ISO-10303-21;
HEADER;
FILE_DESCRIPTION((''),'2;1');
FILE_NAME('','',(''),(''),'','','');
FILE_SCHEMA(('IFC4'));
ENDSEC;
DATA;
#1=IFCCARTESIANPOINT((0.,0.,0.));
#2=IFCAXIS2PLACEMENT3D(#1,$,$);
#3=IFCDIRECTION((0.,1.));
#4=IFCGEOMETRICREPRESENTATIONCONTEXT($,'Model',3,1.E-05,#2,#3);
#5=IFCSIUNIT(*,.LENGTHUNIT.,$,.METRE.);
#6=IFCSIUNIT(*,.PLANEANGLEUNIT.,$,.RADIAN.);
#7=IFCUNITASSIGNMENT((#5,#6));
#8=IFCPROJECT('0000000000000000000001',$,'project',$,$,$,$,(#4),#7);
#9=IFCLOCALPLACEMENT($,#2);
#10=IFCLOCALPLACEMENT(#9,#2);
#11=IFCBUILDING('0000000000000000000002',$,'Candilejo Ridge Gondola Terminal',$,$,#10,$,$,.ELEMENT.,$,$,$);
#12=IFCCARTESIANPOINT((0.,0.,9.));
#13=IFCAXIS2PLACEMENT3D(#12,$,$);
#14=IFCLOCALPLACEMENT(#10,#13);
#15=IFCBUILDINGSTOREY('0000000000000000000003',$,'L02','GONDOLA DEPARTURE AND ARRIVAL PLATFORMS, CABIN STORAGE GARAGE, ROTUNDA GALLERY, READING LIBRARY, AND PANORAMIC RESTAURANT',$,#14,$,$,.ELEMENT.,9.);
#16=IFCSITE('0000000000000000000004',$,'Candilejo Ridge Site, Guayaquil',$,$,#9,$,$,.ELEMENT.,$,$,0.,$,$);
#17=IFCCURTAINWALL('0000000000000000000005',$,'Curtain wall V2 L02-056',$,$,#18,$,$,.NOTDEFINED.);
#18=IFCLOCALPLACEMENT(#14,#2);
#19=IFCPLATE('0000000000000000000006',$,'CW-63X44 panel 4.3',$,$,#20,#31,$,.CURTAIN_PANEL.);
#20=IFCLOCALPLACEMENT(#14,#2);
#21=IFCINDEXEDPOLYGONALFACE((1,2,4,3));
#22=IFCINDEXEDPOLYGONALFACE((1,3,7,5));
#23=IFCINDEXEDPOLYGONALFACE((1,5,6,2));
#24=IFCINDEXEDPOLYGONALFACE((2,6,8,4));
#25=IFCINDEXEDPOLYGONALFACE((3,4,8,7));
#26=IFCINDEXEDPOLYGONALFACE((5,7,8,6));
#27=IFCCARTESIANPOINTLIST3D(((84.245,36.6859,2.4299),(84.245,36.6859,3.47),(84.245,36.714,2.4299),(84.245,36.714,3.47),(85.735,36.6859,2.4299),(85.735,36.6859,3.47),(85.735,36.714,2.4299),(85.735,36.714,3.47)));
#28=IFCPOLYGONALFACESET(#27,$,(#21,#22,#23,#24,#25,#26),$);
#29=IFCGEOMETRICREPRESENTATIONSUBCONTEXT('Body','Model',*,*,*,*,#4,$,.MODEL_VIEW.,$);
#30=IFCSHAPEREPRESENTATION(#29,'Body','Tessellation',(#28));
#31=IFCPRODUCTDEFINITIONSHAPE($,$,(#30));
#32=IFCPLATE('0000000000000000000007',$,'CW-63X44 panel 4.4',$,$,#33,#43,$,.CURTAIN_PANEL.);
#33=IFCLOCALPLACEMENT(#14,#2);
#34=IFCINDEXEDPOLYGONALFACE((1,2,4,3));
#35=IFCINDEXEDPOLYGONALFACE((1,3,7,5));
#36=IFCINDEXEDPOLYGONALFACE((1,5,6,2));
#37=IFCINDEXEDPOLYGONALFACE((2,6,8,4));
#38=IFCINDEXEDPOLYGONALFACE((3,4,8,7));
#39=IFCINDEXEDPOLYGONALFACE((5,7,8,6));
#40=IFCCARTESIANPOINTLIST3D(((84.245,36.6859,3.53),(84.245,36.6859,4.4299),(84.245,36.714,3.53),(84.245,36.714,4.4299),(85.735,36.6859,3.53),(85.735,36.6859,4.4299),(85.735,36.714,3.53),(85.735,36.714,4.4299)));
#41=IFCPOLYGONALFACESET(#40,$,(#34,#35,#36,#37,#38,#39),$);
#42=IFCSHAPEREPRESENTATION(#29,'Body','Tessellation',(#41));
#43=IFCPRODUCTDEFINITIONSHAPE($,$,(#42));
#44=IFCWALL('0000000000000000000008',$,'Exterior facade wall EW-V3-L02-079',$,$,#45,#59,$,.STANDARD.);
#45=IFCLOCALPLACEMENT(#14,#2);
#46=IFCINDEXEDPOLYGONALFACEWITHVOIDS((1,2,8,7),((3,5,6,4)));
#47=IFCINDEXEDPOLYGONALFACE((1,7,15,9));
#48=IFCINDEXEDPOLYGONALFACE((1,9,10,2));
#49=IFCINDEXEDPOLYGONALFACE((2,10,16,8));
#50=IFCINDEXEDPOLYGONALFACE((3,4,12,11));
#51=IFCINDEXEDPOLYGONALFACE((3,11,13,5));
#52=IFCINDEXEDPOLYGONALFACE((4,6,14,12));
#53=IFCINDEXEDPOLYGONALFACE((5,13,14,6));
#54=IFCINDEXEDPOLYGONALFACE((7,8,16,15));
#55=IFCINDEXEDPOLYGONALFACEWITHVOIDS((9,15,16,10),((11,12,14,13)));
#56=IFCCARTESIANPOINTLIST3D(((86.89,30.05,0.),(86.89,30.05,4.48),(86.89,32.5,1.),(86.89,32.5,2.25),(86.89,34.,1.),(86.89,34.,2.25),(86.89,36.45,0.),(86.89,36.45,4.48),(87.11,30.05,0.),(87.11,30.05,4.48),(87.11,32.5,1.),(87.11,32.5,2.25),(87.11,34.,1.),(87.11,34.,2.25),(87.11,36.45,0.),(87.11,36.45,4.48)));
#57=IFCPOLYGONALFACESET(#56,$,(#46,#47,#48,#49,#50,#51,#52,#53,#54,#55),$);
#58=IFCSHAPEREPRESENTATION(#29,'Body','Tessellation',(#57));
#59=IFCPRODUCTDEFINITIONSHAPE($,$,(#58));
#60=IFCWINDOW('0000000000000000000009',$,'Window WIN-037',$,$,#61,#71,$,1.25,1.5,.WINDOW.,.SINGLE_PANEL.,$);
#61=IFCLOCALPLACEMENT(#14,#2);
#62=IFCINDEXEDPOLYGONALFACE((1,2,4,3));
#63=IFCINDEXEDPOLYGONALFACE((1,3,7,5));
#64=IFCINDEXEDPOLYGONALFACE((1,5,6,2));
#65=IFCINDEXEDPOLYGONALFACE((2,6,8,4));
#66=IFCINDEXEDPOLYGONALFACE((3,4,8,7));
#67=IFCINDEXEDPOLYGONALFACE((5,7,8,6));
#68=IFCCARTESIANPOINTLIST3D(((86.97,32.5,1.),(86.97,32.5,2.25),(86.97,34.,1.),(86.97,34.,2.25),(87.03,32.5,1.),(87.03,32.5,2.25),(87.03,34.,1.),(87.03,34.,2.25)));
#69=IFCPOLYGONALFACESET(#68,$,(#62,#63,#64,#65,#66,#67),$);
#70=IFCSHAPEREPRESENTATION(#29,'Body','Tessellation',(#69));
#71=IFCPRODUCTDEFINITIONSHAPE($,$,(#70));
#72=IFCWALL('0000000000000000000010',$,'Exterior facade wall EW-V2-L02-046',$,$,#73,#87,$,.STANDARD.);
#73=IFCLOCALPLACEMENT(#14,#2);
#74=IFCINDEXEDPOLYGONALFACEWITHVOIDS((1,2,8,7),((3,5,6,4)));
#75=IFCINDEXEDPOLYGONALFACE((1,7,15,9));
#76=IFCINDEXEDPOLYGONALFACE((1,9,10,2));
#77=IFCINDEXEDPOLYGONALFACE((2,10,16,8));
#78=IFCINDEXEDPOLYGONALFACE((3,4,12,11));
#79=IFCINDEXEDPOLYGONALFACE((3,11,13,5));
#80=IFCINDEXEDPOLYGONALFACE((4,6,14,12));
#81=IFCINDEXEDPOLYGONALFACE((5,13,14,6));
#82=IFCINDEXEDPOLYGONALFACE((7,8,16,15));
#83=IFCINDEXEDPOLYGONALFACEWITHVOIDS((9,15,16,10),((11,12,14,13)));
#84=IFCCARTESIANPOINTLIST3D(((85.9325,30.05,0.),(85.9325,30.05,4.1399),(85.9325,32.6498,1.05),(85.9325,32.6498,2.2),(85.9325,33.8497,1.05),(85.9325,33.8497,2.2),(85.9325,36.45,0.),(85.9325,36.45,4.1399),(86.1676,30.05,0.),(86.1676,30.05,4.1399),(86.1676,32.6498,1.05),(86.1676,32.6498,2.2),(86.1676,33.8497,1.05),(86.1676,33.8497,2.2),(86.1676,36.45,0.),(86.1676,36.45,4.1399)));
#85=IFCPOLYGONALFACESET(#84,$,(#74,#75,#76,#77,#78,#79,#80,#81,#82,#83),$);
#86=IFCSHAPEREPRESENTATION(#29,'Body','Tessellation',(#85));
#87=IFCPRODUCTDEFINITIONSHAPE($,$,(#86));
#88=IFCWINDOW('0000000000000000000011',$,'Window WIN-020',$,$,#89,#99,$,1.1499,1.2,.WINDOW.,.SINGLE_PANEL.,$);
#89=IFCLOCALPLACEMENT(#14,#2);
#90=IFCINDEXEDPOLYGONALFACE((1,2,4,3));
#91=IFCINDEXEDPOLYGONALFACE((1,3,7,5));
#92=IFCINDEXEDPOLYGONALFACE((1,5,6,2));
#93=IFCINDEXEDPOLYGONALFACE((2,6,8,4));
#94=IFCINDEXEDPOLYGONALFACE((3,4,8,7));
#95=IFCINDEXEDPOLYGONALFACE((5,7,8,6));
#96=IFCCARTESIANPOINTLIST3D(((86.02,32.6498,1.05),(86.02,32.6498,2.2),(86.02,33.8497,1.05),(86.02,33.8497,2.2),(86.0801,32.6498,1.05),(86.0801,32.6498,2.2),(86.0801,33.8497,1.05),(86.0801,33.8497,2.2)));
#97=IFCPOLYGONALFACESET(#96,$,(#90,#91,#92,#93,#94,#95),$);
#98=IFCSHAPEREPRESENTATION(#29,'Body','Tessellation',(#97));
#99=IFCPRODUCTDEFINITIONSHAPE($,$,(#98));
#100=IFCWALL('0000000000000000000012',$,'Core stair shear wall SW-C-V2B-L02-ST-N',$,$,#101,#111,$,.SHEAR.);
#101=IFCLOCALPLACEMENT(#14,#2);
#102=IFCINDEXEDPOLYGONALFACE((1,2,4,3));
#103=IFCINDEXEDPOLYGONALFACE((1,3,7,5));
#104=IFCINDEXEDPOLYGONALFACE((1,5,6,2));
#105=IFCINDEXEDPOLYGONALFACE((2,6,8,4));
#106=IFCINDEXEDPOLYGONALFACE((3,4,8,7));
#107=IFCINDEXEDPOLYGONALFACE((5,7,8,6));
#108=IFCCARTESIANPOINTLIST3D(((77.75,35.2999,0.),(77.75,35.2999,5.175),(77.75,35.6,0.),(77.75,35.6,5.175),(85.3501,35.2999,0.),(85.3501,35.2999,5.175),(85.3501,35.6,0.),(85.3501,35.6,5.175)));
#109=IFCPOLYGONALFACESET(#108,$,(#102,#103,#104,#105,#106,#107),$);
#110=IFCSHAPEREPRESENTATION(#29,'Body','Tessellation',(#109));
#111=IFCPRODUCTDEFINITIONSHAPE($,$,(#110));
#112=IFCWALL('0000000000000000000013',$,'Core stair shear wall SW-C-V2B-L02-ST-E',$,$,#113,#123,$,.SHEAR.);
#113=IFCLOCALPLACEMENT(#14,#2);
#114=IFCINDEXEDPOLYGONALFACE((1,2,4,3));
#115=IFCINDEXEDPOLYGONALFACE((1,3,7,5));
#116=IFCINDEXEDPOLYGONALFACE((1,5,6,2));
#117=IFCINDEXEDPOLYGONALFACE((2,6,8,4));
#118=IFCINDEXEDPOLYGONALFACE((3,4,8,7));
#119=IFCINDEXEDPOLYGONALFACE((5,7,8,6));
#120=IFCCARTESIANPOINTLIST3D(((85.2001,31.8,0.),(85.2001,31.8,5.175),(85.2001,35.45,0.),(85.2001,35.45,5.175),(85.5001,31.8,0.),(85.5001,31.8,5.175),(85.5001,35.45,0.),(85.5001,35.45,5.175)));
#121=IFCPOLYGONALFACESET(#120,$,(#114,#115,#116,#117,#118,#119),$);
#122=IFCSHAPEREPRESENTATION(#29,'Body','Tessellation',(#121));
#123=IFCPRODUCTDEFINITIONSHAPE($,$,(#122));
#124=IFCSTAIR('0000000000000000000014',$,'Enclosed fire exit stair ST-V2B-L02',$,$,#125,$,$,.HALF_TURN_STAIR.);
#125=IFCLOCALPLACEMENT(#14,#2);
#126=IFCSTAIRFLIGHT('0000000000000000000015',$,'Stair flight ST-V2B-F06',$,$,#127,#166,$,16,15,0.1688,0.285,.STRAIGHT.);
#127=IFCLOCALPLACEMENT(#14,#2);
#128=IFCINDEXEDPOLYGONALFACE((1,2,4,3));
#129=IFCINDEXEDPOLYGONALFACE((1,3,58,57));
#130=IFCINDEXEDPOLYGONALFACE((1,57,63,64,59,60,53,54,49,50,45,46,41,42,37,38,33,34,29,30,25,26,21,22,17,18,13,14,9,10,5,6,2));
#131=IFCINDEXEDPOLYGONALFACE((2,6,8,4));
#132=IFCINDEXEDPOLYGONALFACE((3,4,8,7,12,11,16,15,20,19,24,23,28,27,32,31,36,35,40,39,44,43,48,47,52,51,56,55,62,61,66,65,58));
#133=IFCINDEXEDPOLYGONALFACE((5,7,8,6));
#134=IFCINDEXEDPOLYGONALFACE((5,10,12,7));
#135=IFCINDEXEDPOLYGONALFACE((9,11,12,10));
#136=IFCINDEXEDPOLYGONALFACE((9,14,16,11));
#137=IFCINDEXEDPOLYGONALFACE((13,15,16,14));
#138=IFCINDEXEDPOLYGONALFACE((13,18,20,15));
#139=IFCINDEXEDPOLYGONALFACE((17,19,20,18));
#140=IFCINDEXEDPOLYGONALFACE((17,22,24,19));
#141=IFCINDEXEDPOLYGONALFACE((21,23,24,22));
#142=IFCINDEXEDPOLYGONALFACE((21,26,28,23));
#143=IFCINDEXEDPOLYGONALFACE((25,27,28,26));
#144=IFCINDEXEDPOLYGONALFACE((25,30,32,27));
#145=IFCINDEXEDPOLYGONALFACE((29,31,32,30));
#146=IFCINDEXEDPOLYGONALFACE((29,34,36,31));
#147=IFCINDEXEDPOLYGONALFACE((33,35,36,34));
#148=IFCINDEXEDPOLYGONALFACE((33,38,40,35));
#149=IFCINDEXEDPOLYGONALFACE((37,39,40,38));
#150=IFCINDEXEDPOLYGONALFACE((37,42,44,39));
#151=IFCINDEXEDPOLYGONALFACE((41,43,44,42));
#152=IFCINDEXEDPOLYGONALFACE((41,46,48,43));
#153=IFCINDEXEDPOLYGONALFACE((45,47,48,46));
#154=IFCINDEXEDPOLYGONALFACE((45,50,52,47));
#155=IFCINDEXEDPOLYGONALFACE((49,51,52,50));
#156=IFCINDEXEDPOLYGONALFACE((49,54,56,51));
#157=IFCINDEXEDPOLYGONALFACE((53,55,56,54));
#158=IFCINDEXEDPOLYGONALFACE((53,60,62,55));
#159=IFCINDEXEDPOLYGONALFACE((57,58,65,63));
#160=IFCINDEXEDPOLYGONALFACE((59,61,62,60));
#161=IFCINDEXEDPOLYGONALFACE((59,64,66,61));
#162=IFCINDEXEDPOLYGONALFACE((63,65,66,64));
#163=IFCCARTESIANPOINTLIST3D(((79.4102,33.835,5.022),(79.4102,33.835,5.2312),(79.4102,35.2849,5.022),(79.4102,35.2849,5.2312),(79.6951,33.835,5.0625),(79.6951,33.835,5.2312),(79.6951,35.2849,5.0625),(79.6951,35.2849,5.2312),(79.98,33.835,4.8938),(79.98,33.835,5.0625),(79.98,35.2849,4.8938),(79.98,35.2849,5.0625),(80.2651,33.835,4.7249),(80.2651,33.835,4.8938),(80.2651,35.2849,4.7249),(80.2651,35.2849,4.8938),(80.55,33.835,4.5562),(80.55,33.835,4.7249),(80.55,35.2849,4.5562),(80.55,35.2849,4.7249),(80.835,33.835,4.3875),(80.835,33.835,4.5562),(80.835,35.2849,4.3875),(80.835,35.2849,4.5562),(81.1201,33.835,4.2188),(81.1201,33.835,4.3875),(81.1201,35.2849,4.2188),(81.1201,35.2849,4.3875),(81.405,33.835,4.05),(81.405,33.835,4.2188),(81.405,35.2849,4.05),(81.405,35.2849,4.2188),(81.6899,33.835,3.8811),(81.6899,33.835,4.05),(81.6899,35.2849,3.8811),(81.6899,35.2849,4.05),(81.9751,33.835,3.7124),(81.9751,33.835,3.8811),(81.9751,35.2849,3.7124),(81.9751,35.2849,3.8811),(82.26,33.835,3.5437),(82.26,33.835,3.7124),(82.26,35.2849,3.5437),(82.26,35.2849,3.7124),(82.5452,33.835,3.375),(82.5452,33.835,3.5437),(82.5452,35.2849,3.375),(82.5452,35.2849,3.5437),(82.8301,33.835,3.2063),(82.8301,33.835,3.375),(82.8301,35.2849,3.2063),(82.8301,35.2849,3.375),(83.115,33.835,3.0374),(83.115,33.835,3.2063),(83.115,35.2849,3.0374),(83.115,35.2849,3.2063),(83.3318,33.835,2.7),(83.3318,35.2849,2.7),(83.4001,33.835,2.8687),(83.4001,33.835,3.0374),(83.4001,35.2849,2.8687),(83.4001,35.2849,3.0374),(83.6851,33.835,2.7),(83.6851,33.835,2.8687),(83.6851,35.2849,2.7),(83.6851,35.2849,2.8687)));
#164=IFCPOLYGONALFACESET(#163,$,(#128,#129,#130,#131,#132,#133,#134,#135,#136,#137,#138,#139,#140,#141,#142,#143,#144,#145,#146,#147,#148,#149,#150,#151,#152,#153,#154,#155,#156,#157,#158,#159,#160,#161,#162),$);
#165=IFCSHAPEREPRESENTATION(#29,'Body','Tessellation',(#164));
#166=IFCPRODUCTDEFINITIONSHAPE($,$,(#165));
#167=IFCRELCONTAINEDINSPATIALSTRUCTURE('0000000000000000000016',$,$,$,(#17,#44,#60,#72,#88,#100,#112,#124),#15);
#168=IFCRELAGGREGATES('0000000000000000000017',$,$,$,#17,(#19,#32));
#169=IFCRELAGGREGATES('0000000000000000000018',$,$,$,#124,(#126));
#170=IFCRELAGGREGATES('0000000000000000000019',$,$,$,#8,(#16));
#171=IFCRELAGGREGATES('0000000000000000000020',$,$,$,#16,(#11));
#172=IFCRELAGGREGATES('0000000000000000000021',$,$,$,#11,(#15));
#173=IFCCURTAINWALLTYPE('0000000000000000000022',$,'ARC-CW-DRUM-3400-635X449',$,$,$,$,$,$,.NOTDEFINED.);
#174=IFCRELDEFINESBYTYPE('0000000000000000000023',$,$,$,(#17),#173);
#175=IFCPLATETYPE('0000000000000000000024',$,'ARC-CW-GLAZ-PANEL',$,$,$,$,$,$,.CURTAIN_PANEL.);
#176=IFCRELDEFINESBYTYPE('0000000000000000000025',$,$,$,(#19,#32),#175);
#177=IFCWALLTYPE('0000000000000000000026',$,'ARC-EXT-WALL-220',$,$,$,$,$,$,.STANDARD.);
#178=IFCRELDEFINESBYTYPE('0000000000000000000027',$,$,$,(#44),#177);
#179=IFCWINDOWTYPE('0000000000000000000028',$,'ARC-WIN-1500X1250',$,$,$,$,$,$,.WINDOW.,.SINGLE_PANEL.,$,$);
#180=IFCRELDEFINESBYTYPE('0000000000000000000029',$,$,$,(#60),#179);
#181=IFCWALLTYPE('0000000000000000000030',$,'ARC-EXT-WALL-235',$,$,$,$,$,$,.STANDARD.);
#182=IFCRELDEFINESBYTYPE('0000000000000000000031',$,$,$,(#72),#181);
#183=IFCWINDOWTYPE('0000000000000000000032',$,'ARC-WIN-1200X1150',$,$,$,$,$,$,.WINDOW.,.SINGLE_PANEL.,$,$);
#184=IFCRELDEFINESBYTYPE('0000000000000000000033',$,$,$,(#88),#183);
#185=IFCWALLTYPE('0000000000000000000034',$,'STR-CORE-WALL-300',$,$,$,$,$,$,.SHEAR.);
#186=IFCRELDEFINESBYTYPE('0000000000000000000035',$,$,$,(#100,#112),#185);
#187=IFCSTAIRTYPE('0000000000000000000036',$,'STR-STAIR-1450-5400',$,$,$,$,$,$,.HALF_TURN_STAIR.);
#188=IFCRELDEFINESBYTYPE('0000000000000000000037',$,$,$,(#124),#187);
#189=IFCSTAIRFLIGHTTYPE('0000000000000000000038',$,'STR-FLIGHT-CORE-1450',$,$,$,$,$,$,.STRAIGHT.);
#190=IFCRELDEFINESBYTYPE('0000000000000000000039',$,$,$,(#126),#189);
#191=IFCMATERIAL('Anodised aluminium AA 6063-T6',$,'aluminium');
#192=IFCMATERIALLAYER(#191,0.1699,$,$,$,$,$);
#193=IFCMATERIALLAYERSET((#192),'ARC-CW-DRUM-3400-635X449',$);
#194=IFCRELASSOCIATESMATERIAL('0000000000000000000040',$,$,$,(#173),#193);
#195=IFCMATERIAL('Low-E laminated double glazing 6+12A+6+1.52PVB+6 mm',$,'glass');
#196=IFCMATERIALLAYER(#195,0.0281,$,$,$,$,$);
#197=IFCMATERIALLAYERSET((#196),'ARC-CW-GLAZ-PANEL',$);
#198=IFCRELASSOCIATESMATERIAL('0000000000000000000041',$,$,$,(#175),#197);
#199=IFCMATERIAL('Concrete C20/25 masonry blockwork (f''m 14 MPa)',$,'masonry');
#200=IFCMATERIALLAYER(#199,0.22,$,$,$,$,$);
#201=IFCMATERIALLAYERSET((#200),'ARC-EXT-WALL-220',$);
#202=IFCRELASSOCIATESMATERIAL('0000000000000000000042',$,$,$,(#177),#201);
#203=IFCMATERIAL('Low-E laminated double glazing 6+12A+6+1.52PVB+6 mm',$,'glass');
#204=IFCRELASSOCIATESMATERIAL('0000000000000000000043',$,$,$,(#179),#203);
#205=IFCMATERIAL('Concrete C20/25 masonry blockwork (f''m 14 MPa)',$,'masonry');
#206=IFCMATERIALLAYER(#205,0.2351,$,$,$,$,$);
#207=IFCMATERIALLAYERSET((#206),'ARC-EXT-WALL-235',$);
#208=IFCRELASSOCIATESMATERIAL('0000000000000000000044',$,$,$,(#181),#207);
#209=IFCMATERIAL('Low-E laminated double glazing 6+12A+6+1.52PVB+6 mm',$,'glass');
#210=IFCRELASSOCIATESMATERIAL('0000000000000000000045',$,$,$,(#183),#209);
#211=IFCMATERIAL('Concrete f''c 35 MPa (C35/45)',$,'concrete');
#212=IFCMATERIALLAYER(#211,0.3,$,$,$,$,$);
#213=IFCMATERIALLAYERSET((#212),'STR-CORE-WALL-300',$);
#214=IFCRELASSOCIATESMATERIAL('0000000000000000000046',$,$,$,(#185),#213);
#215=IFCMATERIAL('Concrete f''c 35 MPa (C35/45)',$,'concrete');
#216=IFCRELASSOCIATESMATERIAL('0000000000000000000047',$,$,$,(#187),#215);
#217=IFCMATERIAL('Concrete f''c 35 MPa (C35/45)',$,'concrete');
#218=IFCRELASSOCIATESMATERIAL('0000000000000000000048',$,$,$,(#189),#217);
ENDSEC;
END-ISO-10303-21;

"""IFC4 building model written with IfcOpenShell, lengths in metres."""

from ifc_helpers import new_model, si_unit, direction, frame, frame_2d, origin, origin_2d, place, context, subcontext, project, spatial, polyline, rectangle, outline, extrude, material, layer, layer_set, type_object, element, fill, aggregate, save


model = new_model("IFC4")

# Units and contexts
model_context = context("Model", 3, precision=1e-05, world=origin(), true_north=direction((0.0, 1.0)))
body_context = subcontext(model_context, "Body", "Model", "MODEL_VIEW")
ifc_project = project(units=[si_unit("LENGTHUNIT", "METRE"), si_unit("PLANEANGLEUNIT", "RADIAN")], contexts=[model_context])

# Site, building, storey
site_placement = place(None, origin())
site = spatial("IfcSite", under=ifc_project, at=site_placement, Name="Candilejo Ridge Site, Guayaquil", CompositionType="ELEMENT", RefElevation=0.0)
building_placement = place(site_placement, origin())
building = spatial("IfcBuilding", under=site, at=building_placement, Name="Candilejo Ridge Gondola Terminal", CompositionType="ELEMENT")
storey_placement = place(building_placement, frame((0.0, 0.0, 9.0)))
storey = spatial("IfcBuildingStorey", under=building, at=storey_placement, Name="L02", Description="GONDOLA DEPARTURE AND ARRIVAL PLATFORMS, CABIN STORAGE GARAGE, ROTUNDA GALLERY, READING LIBRARY, AND PANORAMIC RESTAURANT", CompositionType="ELEMENT", Elevation=9.0)

# Curtain wall
ifc_material_1 = material(Name="Anodised aluminium AA 6063-T6", Category="aluminium")
ifc_layer_1 = layer(ifc_material_1, 0.1699)
ifc_layer_set_1 = layer_set([ifc_layer_1], Name="ARC-CW-DRUM-3400-635X449")
curtain_wall_type_1 = type_object("IfcCurtainWallType", Name="ARC-CW-DRUM-3400-635X449", PredefinedType="NOTDEFINED", material=ifc_layer_set_1)
curtain_wall_1_placement = place(storey_placement, origin())
curtain_wall_1 = element("IfcCurtainWall", 1, at=curtain_wall_1_placement, inside=storey, type_object=curtain_wall_type_1, Name="Curtain wall V2 L02-056", PredefinedType="NOTDEFINED")

# Plates
ifc_material_2 = material(Name="Low-E laminated double glazing 6+12A+6+1.52PVB+6 mm", Category="glass")
ifc_layer_2 = layer(ifc_material_2, 0.0281)
ifc_layer_set_2 = layer_set([ifc_layer_2], Name="ARC-CW-GLAZ-PANEL")
plate_type = type_object("IfcPlateType", Name="ARC-CW-GLAZ-PANEL", PredefinedType="CURTAIN_PANEL", material=ifc_layer_set_2)
plate_1_placement = place(storey_placement, frame((84.99, 36.7, 2.4299), z_axis=(0.0, 0.0, 1.0), x_axis=(1.0, 0.0, 0.0)))
plate_1 = element("IfcPlate", 2, at=plate_1_placement, type_object=plate_type, Name="CW-63X44 panel 4.3", PredefinedType="CURTAIN_PANEL", context=body_context, shape_type="SweptSolid", body=[
    extrude(rectangle(XDim=1.49, YDim=0.0281, at=origin_2d()), origin(), (0.0, 0.0, 1.0), 1.04),
])
plate_2_placement = place(storey_placement, frame((84.99, 36.7, 3.53), z_axis=(0.0, 0.0, 1.0), x_axis=(1.0, 0.0, 0.0)))
plate_2 = element("IfcPlate", 3, at=plate_2_placement, type_object=plate_type, Name="CW-63X44 panel 4.4", PredefinedType="CURTAIN_PANEL", context=body_context, shape_type="SweptSolid", body=[
    extrude(rectangle(XDim=1.49, YDim=0.0281, at=origin_2d()), origin(), (0.0, 0.0, 1.0), 0.8999),
])
aggregate(curtain_wall_1, [plate_1, plate_2])

# Walls, openings, windows
ifc_material_3 = material(Name="Concrete C20/25 masonry blockwork (f'm 14 MPa)", Category="masonry")
ifc_layer_3 = layer(ifc_material_3, 0.22)
ifc_layer_set_3 = layer_set([ifc_layer_3], Name="ARC-EXT-WALL-220")
wall_type_1 = type_object("IfcWallType", Name="ARC-EXT-WALL-220", PredefinedType="STANDARD", material=ifc_layer_set_3)
wall_1_placement = place(storey_placement, frame((87.0, 30.05, 0.0), z_axis=(0.0, 0.0, 1.0), x_axis=(0.0, 1.0, 0.0)))
wall_1 = element("IfcWall", 4, at=wall_1_placement, inside=storey, type_object=wall_type_1, Name="Exterior facade wall EW-V3-L02-079", PredefinedType="STANDARD", context=body_context, shape_type="SweptSolid", body=[
    extrude(rectangle(XDim=6.3999, YDim=0.22, at=frame_2d((3.2, 0.0))), origin(), (0.0, 0.0, 1.0), 4.48),
])
opening_1_placement = place(wall_1_placement, frame((2.45, 0.0, 1.0)))
opening_1 = element("IfcOpeningElement", 5, at=opening_1_placement, cuts=wall_1, PredefinedType="OPENING", context=body_context, shape_type="SweptSolid", body=[
    extrude(rectangle(XDim=1.5, YDim=1.25, at=frame_2d((0.75, 0.625))), frame((0.0, 0.1199, 0.0), z_axis=(0.0, -1.0, 0.0), x_axis=(1.0, 0.0, 0.0)), (0.0, 0.0, 1.0), 0.24),
])
ifc_material_4 = material(Name="Low-E laminated double glazing 6+12A+6+1.52PVB+6 mm", Category="glass")
window_type_1 = type_object("IfcWindowType", Name="ARC-WIN-1500X1250", PartitioningType="SINGLE_PANEL", PredefinedType="WINDOW", material=ifc_material_4)
window_1_placement = place(opening_1_placement, origin())
window_1 = element("IfcWindow", 6, at=window_1_placement, inside=storey, type_object=window_type_1, Name="Window WIN-037", OverallHeight=1.25, OverallWidth=1.5, PartitioningType="SINGLE_PANEL", PredefinedType="WINDOW", context=body_context, shape_type="SweptSolid", body=[
    extrude(rectangle(XDim=1.5, YDim=1.25, at=frame_2d((0.75, 0.625))), frame((0.0, 0.03, 0.0), z_axis=(0.0, -1.0, 0.0), x_axis=(1.0, 0.0, 0.0)), (0.0, 0.0, 1.0), 0.0601),
])
fill(opening_1, window_1)
ifc_material_5 = material(Name="Concrete C20/25 masonry blockwork (f'm 14 MPa)", Category="masonry")
ifc_layer_4 = layer(ifc_material_5, 0.2351)
ifc_layer_set_4 = layer_set([ifc_layer_4], Name="ARC-EXT-WALL-235")
wall_type_2 = type_object("IfcWallType", Name="ARC-EXT-WALL-235", PredefinedType="STANDARD", material=ifc_layer_set_4)
wall_2_placement = place(storey_placement, frame((86.05, 36.45, 0.0), z_axis=(0.0, 0.0, 1.0), x_axis=(0.0, -1.0, 0.0)))
wall_2 = element("IfcWall", 7, at=wall_2_placement, inside=storey, type_object=wall_type_2, Name="Exterior facade wall EW-V2-L02-046", PredefinedType="STANDARD", context=body_context, shape_type="SweptSolid", body=[
    extrude(rectangle(XDim=6.3999, YDim=0.2351, at=frame_2d((3.2, 0.0))), origin(), (0.0, 0.0, 1.0), 4.1399),
])
opening_2_placement = place(wall_2_placement, frame((2.6001, 0.0, 1.05)))
opening_2 = element("IfcOpeningElement", 8, at=opening_2_placement, cuts=wall_2, PredefinedType="OPENING", context=body_context, shape_type="SweptSolid", body=[
    extrude(rectangle(XDim=1.2, YDim=1.1499, at=frame_2d((0.6001, 0.575))), frame((0.0, 0.1274, 0.0), z_axis=(0.0, -1.0, 0.0), x_axis=(1.0, 0.0, 0.0)), (0.0, 0.0, 1.0), 0.2551),
])
ifc_material_6 = material(Name="Low-E laminated double glazing 6+12A+6+1.52PVB+6 mm", Category="glass")
window_type_2 = type_object("IfcWindowType", Name="ARC-WIN-1200X1150", PartitioningType="SINGLE_PANEL", PredefinedType="WINDOW", material=ifc_material_6)
window_2_placement = place(opening_2_placement, origin())
window_2 = element("IfcWindow", 9, at=window_2_placement, inside=storey, type_object=window_type_2, Name="Window WIN-020", OverallHeight=1.1499, OverallWidth=1.2, PartitioningType="SINGLE_PANEL", PredefinedType="WINDOW", context=body_context, shape_type="SweptSolid", body=[
    extrude(rectangle(XDim=1.2, YDim=1.1499, at=frame_2d((0.6001, 0.575))), frame((0.0, 0.03, 0.0), z_axis=(0.0, -1.0, 0.0), x_axis=(1.0, 0.0, 0.0)), (0.0, 0.0, 1.0), 0.0601),
])
fill(opening_2, window_2)

# Walls
ifc_material_7 = material(Name="Concrete f'c 35 MPa (C35/45)", Category="concrete")
ifc_layer_5 = layer(ifc_material_7, 0.3)
ifc_layer_set_5 = layer_set([ifc_layer_5], Name="STR-CORE-WALL-300")
wall_type_3 = type_object("IfcWallType", Name="STR-CORE-WALL-300", PredefinedType="SHEAR", material=ifc_layer_set_5)
wall_3_placement = place(storey_placement, frame((85.3501, 35.45, 0.0), z_axis=(0.0, 0.0, 1.0), x_axis=(-1.0, 0.0, 0.0)))
element("IfcWall", 10, at=wall_3_placement, inside=storey, type_object=wall_type_3, Name="Core stair shear wall SW-C-V2B-L02-ST-N", PredefinedType="SHEAR", context=body_context, shape_type="SweptSolid", body=[
    extrude(rectangle(XDim=7.6001, YDim=0.3, at=frame_2d((3.8, 0.0))), origin(), (0.0, 0.0, 1.0), 5.175),
])
wall_4_placement = place(storey_placement, frame((85.3501, 31.8, 0.0), z_axis=(0.0, 0.0, 1.0), x_axis=(0.0, 1.0, 0.0)))
element("IfcWall", 11, at=wall_4_placement, inside=storey, type_object=wall_type_3, Name="Core stair shear wall SW-C-V2B-L02-ST-E", PredefinedType="SHEAR", context=body_context, shape_type="SweptSolid", body=[
    extrude(rectangle(XDim=3.6499, YDim=0.3, at=frame_2d((1.825, 0.0))), origin(), (0.0, 0.0, 1.0), 5.175),
])

# Stair, stair flight
ifc_material_8 = material(Name="Concrete f'c 35 MPa (C35/45)", Category="concrete")
stair_type = type_object("IfcStairType", Name="STR-STAIR-1450-5400", PredefinedType="HALF_TURN_STAIR", material=ifc_material_8)
stair_placement = place(storey_placement, origin())
stair = element("IfcStair", 12, at=stair_placement, inside=storey, type_object=stair_type, Name="Enclosed fire exit stair ST-V2B-L02", PredefinedType="HALF_TURN_STAIR")
ifc_material_9 = material(Name="Concrete f'c 35 MPa (C35/45)", Category="concrete")
stair_flight_type = type_object("IfcStairFlightType", Name="STR-FLIGHT-CORE-1450", PredefinedType="STRAIGHT", material=ifc_material_9)
stair_flight_placement = place(storey_placement, frame((83.6851, 34.5601, 2.7), z_axis=(0.0, 0.0, 1.0), x_axis=(-1.0, 0.0, 0.0)))
stair_flight = element("IfcStairFlight", 13, at=stair_flight_placement, type_object=stair_flight_type, Name="Stair flight ST-V2B-F06", NumberOfRisers=16, NumberOfTreads=15, PredefinedType="STRAIGHT", RiserHeight=0.1688, TreadLength=0.285, context=body_context, shape_type="SweptSolid", body=[
    extrude(outline(polyline([(0.0, 0.0), (0.0, 0.1687), (0.2849, 0.1687), (0.2849, 0.3374), (0.5701, 0.3374), (0.5701, 0.5063), (0.855, 0.5063), (0.855, 0.675), (1.1399, 0.675), (1.1399, 0.8438), (1.425, 0.8438), (1.425, 1.0125), (1.71, 1.0125), (1.71, 1.1812), (1.9951, 1.1812), (1.9951, 1.3501), (2.28, 1.3501), (2.28, 1.5188), (2.5649, 1.5188), (2.5649, 1.6875), (2.8501, 1.6875), (2.8501, 1.8562), (3.135, 1.8562), (3.135, 2.0249), (3.4199, 2.0249), (3.4199, 2.1938), (3.7051, 2.1938), (3.7051, 2.3625), (3.99, 2.3625), (3.99, 2.5312), (4.2749, 2.5312), (4.2749, 2.7), (4.2749, 2.322), (0.3533, 0.0), (0.0, 0.0)])), frame((0.0, 0.7251, 0.0), z_axis=(0.0, -1.0, 0.0), x_axis=(1.0, 0.0, 0.0)), (0.0, 0.0, 1.0), 1.45),
])
aggregate(stair, [stair_flight])

save(model, "model.ifc")
